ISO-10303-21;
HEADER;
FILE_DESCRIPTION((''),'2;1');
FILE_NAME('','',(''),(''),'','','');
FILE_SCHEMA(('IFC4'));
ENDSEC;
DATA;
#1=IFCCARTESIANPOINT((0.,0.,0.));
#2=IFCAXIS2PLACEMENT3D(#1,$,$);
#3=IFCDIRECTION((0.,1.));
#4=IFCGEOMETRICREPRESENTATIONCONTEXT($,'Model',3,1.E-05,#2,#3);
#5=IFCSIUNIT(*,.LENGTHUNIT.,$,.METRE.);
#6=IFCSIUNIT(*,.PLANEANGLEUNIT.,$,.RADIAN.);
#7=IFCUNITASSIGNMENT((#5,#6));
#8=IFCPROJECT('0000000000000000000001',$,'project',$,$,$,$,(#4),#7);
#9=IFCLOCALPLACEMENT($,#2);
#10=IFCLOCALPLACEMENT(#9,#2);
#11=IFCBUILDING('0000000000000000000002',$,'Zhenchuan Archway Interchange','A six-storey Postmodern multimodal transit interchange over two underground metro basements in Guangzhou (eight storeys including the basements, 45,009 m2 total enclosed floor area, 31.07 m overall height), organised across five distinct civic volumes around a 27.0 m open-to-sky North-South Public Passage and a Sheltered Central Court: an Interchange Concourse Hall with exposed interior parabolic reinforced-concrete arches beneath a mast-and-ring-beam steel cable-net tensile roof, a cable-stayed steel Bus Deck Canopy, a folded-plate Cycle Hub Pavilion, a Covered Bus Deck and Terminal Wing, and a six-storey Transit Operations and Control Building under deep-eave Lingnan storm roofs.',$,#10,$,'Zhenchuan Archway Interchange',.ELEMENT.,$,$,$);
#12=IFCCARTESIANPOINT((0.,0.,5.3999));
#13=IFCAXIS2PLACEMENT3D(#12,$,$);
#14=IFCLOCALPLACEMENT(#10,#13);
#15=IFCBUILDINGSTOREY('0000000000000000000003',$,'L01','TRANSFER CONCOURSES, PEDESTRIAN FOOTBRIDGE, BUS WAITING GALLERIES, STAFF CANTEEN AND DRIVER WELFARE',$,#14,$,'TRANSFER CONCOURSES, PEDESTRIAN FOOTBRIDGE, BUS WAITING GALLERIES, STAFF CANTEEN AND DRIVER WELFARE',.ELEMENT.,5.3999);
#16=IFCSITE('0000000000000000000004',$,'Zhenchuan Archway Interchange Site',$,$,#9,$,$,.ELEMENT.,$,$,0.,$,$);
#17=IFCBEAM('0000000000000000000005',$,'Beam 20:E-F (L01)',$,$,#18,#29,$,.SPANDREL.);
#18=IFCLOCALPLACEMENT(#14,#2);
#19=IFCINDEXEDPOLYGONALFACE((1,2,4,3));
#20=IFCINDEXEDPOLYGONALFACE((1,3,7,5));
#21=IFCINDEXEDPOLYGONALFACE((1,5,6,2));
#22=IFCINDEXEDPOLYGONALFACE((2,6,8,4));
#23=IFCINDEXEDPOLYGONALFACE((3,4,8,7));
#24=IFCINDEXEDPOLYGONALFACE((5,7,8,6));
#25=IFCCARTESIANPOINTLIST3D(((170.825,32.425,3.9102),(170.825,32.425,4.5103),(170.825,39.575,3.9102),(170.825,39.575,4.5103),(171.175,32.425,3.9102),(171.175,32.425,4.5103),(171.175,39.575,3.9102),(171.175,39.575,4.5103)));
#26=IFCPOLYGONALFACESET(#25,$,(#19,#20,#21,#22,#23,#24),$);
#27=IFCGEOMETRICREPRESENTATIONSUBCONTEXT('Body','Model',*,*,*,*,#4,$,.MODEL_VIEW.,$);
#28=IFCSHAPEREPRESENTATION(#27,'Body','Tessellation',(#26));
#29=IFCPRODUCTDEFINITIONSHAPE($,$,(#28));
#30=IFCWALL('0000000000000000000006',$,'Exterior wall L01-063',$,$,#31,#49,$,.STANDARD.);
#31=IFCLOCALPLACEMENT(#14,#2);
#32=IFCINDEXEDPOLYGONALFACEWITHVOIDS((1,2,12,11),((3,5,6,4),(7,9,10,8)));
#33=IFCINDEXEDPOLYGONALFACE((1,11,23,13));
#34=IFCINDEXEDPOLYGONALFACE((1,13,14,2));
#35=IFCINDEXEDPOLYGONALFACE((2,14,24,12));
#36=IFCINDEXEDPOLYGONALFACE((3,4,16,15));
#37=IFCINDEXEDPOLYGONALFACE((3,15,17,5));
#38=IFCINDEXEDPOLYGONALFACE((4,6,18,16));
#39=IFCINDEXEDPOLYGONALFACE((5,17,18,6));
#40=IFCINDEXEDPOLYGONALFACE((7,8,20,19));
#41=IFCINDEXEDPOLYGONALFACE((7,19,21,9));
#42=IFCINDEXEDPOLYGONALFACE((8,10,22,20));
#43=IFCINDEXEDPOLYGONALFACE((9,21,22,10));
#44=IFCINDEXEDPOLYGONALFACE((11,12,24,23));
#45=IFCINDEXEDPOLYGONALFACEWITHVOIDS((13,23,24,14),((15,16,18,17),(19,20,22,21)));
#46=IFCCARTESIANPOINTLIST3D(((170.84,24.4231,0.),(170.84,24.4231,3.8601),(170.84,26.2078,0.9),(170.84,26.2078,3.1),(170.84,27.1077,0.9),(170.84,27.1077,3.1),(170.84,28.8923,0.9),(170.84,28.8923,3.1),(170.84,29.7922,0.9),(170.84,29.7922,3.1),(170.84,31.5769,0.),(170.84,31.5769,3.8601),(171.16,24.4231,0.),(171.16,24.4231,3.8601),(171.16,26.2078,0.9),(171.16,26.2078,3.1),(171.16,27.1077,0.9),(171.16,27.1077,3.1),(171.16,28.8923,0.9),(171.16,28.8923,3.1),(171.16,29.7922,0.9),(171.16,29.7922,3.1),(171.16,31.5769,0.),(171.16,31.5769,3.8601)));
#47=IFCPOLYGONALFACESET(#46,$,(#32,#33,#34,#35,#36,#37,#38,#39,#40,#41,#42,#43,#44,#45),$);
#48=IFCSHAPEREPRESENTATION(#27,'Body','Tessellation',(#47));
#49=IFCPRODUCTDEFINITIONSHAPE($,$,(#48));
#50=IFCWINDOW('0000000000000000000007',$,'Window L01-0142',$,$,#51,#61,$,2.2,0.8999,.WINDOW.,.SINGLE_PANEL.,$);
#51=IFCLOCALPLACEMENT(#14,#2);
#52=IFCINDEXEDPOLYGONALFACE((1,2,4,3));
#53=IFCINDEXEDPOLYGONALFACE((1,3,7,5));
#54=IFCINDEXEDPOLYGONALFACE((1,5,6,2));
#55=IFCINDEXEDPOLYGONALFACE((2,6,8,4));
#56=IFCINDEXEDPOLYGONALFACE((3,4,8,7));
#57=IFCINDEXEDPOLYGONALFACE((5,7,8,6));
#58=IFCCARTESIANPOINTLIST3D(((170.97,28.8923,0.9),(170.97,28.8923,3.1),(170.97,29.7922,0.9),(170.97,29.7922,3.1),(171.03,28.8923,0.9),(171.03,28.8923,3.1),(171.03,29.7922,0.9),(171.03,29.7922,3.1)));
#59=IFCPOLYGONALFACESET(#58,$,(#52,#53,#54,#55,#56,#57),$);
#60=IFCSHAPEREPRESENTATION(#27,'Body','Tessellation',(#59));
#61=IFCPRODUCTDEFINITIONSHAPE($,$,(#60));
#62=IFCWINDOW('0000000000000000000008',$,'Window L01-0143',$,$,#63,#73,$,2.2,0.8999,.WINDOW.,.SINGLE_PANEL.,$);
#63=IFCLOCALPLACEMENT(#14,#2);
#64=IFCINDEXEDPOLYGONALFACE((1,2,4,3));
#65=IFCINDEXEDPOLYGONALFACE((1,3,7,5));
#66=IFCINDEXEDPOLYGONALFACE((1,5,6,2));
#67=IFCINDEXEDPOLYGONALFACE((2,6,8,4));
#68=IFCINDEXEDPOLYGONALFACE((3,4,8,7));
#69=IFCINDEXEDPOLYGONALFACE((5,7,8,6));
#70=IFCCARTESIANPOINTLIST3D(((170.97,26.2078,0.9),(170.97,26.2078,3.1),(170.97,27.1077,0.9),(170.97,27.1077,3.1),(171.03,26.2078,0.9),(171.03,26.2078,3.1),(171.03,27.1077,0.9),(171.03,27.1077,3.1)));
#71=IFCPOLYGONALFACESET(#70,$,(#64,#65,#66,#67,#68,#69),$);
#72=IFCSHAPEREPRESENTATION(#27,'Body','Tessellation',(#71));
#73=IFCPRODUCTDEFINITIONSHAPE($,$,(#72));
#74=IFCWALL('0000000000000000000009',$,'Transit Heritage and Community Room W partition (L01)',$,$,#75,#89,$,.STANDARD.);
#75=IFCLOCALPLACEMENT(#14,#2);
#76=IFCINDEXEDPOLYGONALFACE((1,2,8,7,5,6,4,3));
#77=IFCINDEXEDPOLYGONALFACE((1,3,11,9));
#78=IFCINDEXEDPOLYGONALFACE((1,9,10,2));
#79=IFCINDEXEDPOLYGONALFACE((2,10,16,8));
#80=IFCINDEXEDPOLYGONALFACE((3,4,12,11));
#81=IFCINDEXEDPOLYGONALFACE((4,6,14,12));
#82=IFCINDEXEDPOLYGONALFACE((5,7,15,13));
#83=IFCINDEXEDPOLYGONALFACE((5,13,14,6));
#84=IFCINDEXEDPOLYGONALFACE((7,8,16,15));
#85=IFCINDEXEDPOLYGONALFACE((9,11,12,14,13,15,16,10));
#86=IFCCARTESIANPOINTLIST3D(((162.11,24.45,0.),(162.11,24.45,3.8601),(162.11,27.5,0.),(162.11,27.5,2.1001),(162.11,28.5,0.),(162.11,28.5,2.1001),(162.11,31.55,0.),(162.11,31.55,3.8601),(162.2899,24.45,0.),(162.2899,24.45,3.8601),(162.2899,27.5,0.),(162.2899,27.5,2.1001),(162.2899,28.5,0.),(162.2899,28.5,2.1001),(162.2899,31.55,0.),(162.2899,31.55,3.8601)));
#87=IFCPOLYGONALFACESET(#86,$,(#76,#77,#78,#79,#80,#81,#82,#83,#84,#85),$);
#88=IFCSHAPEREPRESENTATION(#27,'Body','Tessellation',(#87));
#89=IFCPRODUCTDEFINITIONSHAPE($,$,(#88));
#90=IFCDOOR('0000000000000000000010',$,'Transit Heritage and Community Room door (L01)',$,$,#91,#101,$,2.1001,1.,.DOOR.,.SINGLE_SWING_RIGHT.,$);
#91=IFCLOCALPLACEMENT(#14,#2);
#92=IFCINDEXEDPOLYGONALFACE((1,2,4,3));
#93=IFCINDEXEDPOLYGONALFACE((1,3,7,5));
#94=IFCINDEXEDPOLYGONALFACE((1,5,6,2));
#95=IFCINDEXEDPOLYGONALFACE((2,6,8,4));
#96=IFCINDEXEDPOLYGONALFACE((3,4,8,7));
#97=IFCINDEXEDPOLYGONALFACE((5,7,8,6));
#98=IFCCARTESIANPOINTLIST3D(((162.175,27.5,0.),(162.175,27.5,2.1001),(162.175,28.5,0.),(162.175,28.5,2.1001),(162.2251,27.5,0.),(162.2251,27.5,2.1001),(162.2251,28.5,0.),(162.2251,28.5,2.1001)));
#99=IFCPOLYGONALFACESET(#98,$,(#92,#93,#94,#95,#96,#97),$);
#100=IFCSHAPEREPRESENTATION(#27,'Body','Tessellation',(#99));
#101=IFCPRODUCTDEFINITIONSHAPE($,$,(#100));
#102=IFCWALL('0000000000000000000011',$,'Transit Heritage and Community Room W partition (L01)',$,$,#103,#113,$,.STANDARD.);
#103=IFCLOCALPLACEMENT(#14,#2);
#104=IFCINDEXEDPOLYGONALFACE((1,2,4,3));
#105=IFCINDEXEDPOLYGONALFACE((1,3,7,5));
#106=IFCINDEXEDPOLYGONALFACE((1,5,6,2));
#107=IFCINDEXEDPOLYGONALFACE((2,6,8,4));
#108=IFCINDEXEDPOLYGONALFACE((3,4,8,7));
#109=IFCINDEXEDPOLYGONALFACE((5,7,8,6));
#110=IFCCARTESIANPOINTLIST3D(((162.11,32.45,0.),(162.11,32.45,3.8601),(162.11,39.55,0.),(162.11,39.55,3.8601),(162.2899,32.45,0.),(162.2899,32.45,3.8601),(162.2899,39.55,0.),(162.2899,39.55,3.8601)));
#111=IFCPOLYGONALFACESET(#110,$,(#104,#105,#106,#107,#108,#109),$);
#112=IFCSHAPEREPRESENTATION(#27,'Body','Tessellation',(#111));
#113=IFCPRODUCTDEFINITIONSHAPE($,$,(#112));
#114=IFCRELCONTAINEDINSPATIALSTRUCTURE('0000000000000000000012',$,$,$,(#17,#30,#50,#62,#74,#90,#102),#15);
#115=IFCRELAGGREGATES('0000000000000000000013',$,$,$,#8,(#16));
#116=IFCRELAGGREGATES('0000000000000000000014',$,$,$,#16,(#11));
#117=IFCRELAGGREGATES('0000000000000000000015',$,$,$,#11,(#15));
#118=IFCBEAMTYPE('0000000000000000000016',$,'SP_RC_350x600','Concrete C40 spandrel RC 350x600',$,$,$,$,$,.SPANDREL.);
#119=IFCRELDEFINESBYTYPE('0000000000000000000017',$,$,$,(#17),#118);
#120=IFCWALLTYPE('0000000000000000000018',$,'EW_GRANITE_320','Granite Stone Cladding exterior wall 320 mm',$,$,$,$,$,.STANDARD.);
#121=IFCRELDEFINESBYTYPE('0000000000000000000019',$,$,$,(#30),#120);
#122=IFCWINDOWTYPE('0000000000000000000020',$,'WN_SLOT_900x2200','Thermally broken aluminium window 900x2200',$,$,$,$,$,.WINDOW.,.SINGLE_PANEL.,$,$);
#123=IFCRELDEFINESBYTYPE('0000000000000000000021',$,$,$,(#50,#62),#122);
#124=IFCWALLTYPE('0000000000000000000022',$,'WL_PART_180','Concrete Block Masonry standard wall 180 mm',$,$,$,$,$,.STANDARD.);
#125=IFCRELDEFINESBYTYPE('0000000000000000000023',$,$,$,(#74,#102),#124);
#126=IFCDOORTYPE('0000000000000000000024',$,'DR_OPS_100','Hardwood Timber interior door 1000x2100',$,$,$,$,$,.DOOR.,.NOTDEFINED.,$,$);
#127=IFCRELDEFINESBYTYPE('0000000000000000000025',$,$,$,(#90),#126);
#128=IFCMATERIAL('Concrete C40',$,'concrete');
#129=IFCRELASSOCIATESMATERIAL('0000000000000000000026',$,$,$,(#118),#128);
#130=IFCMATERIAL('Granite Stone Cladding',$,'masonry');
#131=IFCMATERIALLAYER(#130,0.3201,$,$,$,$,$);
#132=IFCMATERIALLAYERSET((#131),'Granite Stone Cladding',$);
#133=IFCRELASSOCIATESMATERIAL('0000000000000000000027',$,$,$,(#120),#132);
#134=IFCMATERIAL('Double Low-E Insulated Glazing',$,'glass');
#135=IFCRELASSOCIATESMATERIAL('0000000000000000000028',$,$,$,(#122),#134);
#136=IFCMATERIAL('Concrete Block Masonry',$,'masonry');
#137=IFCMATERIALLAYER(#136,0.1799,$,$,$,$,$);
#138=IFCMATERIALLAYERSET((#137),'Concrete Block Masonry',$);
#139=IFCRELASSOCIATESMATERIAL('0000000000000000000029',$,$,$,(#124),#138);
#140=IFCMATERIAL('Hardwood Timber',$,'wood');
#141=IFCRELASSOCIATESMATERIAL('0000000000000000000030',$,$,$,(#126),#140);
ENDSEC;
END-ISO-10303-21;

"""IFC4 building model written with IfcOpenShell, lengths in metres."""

from ifc_helpers import new_model, si_unit, direction, frame, frame_2d, origin, origin_2d, place, context, subcontext, project, spatial, rectangle, extrude, material, layer, layer_set, material_profile, profile_set, type_object, element, fill, save


model = new_model("IFC4")

# Units and contexts
model_context = context("Model", 3, precision=1e-05, world=origin(), true_north=direction((0.0, 1.0)))
body_context = subcontext(model_context, "Body", "Model", "MODEL_VIEW")
ifc_project = project(units=[si_unit("LENGTHUNIT", "METRE"), si_unit("PLANEANGLEUNIT", "RADIAN")], contexts=[model_context])

# Site, building, storey
site_placement = place(None, origin())
site = spatial("IfcSite", under=ifc_project, at=site_placement, Name="Zhenchuan Archway Interchange Site", CompositionType="ELEMENT", RefElevation=0.0)
building_placement = place(site_placement, origin())
building = spatial("IfcBuilding", under=site, at=building_placement, Name="Zhenchuan Archway Interchange", Description="A six-storey Postmodern multimodal transit interchange over two underground metro basements in Guangzhou (eight storeys including the basements, 45,009 m2 total enclosed floor area, 31.07 m overall height), organised across five distinct civic volumes around a 27.0 m open-to-sky North-South Public Passage and a Sheltered Central Court: an Interchange Concourse Hall with exposed interior parabolic reinforced-concrete arches beneath a mast-and-ring-beam steel cable-net tensile roof, a cable-stayed steel Bus Deck Canopy, a folded-plate Cycle Hub Pavilion, a Covered Bus Deck and Terminal Wing, and a six-storey Transit Operations and Control Building under deep-eave Lingnan storm roofs.", LongName="Zhenchuan Archway Interchange", CompositionType="ELEMENT")
storey_placement = place(building_placement, frame((0.0, 0.0, 5.3999)))
storey = spatial("IfcBuildingStorey", under=building, at=storey_placement, Name="L01", Description="TRANSFER CONCOURSES, PEDESTRIAN FOOTBRIDGE, BUS WAITING GALLERIES, STAFF CANTEEN AND DRIVER WELFARE", LongName="TRANSFER CONCOURSES, PEDESTRIAN FOOTBRIDGE, BUS WAITING GALLERIES, STAFF CANTEEN AND DRIVER WELFARE", CompositionType="ELEMENT", Elevation=5.3999)

# Beam
ifc_material_1 = material(Name="Concrete C40", Category="concrete")
ifc_material_profile_1 = material_profile(ifc_material_1, rectangle(XDim=0.3501, YDim=0.6001, at=origin_2d()), Name="RC 350x600")
ifc_profile_set_1 = profile_set([ifc_material_profile_1], Name="Concrete C40")
beam_type_1 = type_object("IfcBeamType", Name="SP_RC_350x600", Description="Concrete C40 spandrel RC 350x600", PredefinedType="SPANDREL", material=ifc_profile_set_1)
for number, where, z_axis, x_axis, name in (
    (1, (171.0, 32.425, 4.2102), (0.0, 1.0, 0.0), (-1.0, 0.0, 0.0), "Beam 20:E-F (L01)"),
):
    element("IfcBeam", number, at=place(storey_placement, frame(where, z_axis=z_axis, x_axis=x_axis)), inside=storey, type_object=beam_type_1, Name=name, PredefinedType="SPANDREL", context=body_context, shape_type="SweptSolid", body=[
        extrude(rectangle(XDim=0.3501, YDim=0.6001, at=origin_2d()), origin(), (0.0, 0.0, 1.0), 7.1499),
    ])

# Wall, openings, windows
ifc_material_2 = material(Name="Granite Stone Cladding", Category="masonry")
ifc_layer_1 = layer(ifc_material_2, 0.3201)
ifc_layer_set_1 = layer_set([ifc_layer_1], Name="Granite Stone Cladding")
wall_type_1 = type_object("IfcWallType", Name="EW_GRANITE_320", Description="Granite Stone Cladding exterior wall 320 mm", PredefinedType="STANDARD", material=ifc_layer_set_1)
wall_1_placement = place(storey_placement, frame((171.0, 31.5769, 0.0), z_axis=(0.0, 0.0, 1.0), x_axis=(0.0, -1.0, 0.0)))
wall_1 = element("IfcWall", 2, at=wall_1_placement, inside=storey, type_object=wall_type_1, Name="Exterior wall L01-063", PredefinedType="STANDARD", context=body_context, shape_type="SweptSolid", body=[
    extrude(rectangle(XDim=7.1538, YDim=0.3201, at=frame_2d((3.5769, 0.0))), origin(), (0.0, 0.0, 1.0), 3.8601),
])
opening_1_placement = place(wall_1_placement, frame((1.7847, 0.0, 0.8999)))
opening_1 = element("IfcOpeningElement", 3, at=opening_1_placement, cuts=wall_1, PredefinedType="OPENING", context=body_context, shape_type="SweptSolid", body=[
    extrude(rectangle(XDim=0.8999, YDim=2.2, at=frame_2d((0.45, 1.1001))), frame((0.0, 0.1719, 0.0), z_axis=(0.0, -1.0, 0.0), x_axis=(1.0, 0.0, 0.0)), (0.0, 0.0, 1.0), 0.344),
])
opening_2_placement = place(wall_1_placement, frame((4.4692, 0.0, 0.8999)))
opening_2 = element("IfcOpeningElement", 4, at=opening_2_placement, cuts=wall_1, PredefinedType="OPENING", context=body_context, shape_type="SweptSolid", body=[
    extrude(rectangle(XDim=0.8999, YDim=2.2, at=frame_2d((0.45, 1.1001))), frame((0.0, 0.1719, 0.0), z_axis=(0.0, -1.0, 0.0), x_axis=(1.0, 0.0, 0.0)), (0.0, 0.0, 1.0), 0.344),
])
ifc_material_3 = material(Name="Double Low-E Insulated Glazing", Category="glass")
window_type = type_object("IfcWindowType", Name="WN_SLOT_900x2200", Description="Thermally broken aluminium window 900x2200", PartitioningType="SINGLE_PANEL", PredefinedType="WINDOW", material=ifc_material_3)
window_1_placement = place(opening_1_placement, origin())
window_1 = element("IfcWindow", 5, at=window_1_placement, inside=storey, type_object=window_type, Name="Window L01-0142", OverallHeight=2.2, OverallWidth=0.8999, PartitioningType="SINGLE_PANEL", PredefinedType="WINDOW", context=body_context, shape_type="SweptSolid", body=[
    extrude(rectangle(XDim=0.8999, YDim=2.2, at=frame_2d((0.45, 1.1001))), frame((0.0, 0.03, 0.0), z_axis=(0.0, -1.0, 0.0), x_axis=(1.0, 0.0, 0.0)), (0.0, 0.0, 1.0), 0.0601),
])
fill(opening_1, window_1)
window_2_placement = place(opening_2_placement, origin())
window_2 = element("IfcWindow", 6, at=window_2_placement, inside=storey, type_object=window_type, Name="Window L01-0143", OverallHeight=2.2, OverallWidth=0.8999, PartitioningType="SINGLE_PANEL", PredefinedType="WINDOW", context=body_context, shape_type="SweptSolid", body=[
    extrude(rectangle(XDim=0.8999, YDim=2.2, at=frame_2d((0.45, 1.1001))), frame((0.0, 0.03, 0.0), z_axis=(0.0, -1.0, 0.0), x_axis=(1.0, 0.0, 0.0)), (0.0, 0.0, 1.0), 0.0601),
])
fill(opening_2, window_2)

# Wall, opening, door
ifc_material_4 = material(Name="Concrete Block Masonry", Category="masonry")
ifc_layer_2 = layer(ifc_material_4, 0.1799)
ifc_layer_set_2 = layer_set([ifc_layer_2], Name="Concrete Block Masonry")
wall_type_2 = type_object("IfcWallType", Name="WL_PART_180", Description="Concrete Block Masonry standard wall 180 mm", PredefinedType="STANDARD", material=ifc_layer_set_2)
wall_2_placement = place(storey_placement, frame((162.2, 24.45, 0.0), z_axis=(0.0, 0.0, 1.0), x_axis=(0.0, 1.0, 0.0)))
wall_2 = element("IfcWall", 7, at=wall_2_placement, inside=storey, type_object=wall_type_2, Name="Transit Heritage and Community Room W partition (L01)", PredefinedType="STANDARD", context=body_context, shape_type="SweptSolid", body=[
    extrude(rectangle(XDim=7.1001, YDim=0.1799, at=frame_2d((3.55, 0.0))), origin(), (0.0, 0.0, 1.0), 3.8601),
])
opening_3_placement = place(wall_2_placement, frame((3.05, 0.0, 0.0)))
opening_3 = element("IfcOpeningElement", 8, at=opening_3_placement, cuts=wall_2, PredefinedType="OPENING", context=body_context, shape_type="SweptSolid", body=[
    extrude(rectangle(XDim=1.0, YDim=2.1001, at=frame_2d((0.5, 1.05))), frame((0.0, 0.1021, 0.0), z_axis=(0.0, -1.0, 0.0), x_axis=(1.0, 0.0, 0.0)), (0.0, 0.0, 1.0), 0.2039),
])
ifc_material_5 = material(Name="Hardwood Timber", Category="wood")
door_type = type_object("IfcDoorType", Name="DR_OPS_100", Description="Hardwood Timber interior door 1000x2100", OperationType="NOTDEFINED", PredefinedType="DOOR", material=ifc_material_5)
door_placement = place(opening_3_placement, origin())
door = element("IfcDoor", 9, at=door_placement, inside=storey, type_object=door_type, Name="Transit Heritage and Community Room door (L01)", OperationType="SINGLE_SWING_RIGHT", OverallHeight=2.1001, OverallWidth=1.0, PredefinedType="DOOR", context=body_context, shape_type="SweptSolid", body=[
    extrude(rectangle(XDim=1.0, YDim=2.1001, at=frame_2d((0.5, 1.05))), frame((0.0, 0.0249, 0.0), z_axis=(0.0, -1.0, 0.0), x_axis=(1.0, 0.0, 0.0)), (0.0, 0.0, 1.0), 0.05),
])
fill(opening_3, door)

# Wall
wall_3_placement = place(storey_placement, frame((162.2, 32.45, 0.0), z_axis=(0.0, 0.0, 1.0), x_axis=(0.0, 1.0, 0.0)))
element("IfcWall", 10, at=wall_3_placement, inside=storey, type_object=wall_type_2, Name="Transit Heritage and Community Room W partition (L01)", PredefinedType="STANDARD", context=body_context, shape_type="SweptSolid", body=[
    extrude(rectangle(XDim=7.1001, YDim=0.1799, at=frame_2d((3.55, 0.0))), origin(), (0.0, 0.0, 1.0), 3.8601),
])

save(model, "model.ifc")
